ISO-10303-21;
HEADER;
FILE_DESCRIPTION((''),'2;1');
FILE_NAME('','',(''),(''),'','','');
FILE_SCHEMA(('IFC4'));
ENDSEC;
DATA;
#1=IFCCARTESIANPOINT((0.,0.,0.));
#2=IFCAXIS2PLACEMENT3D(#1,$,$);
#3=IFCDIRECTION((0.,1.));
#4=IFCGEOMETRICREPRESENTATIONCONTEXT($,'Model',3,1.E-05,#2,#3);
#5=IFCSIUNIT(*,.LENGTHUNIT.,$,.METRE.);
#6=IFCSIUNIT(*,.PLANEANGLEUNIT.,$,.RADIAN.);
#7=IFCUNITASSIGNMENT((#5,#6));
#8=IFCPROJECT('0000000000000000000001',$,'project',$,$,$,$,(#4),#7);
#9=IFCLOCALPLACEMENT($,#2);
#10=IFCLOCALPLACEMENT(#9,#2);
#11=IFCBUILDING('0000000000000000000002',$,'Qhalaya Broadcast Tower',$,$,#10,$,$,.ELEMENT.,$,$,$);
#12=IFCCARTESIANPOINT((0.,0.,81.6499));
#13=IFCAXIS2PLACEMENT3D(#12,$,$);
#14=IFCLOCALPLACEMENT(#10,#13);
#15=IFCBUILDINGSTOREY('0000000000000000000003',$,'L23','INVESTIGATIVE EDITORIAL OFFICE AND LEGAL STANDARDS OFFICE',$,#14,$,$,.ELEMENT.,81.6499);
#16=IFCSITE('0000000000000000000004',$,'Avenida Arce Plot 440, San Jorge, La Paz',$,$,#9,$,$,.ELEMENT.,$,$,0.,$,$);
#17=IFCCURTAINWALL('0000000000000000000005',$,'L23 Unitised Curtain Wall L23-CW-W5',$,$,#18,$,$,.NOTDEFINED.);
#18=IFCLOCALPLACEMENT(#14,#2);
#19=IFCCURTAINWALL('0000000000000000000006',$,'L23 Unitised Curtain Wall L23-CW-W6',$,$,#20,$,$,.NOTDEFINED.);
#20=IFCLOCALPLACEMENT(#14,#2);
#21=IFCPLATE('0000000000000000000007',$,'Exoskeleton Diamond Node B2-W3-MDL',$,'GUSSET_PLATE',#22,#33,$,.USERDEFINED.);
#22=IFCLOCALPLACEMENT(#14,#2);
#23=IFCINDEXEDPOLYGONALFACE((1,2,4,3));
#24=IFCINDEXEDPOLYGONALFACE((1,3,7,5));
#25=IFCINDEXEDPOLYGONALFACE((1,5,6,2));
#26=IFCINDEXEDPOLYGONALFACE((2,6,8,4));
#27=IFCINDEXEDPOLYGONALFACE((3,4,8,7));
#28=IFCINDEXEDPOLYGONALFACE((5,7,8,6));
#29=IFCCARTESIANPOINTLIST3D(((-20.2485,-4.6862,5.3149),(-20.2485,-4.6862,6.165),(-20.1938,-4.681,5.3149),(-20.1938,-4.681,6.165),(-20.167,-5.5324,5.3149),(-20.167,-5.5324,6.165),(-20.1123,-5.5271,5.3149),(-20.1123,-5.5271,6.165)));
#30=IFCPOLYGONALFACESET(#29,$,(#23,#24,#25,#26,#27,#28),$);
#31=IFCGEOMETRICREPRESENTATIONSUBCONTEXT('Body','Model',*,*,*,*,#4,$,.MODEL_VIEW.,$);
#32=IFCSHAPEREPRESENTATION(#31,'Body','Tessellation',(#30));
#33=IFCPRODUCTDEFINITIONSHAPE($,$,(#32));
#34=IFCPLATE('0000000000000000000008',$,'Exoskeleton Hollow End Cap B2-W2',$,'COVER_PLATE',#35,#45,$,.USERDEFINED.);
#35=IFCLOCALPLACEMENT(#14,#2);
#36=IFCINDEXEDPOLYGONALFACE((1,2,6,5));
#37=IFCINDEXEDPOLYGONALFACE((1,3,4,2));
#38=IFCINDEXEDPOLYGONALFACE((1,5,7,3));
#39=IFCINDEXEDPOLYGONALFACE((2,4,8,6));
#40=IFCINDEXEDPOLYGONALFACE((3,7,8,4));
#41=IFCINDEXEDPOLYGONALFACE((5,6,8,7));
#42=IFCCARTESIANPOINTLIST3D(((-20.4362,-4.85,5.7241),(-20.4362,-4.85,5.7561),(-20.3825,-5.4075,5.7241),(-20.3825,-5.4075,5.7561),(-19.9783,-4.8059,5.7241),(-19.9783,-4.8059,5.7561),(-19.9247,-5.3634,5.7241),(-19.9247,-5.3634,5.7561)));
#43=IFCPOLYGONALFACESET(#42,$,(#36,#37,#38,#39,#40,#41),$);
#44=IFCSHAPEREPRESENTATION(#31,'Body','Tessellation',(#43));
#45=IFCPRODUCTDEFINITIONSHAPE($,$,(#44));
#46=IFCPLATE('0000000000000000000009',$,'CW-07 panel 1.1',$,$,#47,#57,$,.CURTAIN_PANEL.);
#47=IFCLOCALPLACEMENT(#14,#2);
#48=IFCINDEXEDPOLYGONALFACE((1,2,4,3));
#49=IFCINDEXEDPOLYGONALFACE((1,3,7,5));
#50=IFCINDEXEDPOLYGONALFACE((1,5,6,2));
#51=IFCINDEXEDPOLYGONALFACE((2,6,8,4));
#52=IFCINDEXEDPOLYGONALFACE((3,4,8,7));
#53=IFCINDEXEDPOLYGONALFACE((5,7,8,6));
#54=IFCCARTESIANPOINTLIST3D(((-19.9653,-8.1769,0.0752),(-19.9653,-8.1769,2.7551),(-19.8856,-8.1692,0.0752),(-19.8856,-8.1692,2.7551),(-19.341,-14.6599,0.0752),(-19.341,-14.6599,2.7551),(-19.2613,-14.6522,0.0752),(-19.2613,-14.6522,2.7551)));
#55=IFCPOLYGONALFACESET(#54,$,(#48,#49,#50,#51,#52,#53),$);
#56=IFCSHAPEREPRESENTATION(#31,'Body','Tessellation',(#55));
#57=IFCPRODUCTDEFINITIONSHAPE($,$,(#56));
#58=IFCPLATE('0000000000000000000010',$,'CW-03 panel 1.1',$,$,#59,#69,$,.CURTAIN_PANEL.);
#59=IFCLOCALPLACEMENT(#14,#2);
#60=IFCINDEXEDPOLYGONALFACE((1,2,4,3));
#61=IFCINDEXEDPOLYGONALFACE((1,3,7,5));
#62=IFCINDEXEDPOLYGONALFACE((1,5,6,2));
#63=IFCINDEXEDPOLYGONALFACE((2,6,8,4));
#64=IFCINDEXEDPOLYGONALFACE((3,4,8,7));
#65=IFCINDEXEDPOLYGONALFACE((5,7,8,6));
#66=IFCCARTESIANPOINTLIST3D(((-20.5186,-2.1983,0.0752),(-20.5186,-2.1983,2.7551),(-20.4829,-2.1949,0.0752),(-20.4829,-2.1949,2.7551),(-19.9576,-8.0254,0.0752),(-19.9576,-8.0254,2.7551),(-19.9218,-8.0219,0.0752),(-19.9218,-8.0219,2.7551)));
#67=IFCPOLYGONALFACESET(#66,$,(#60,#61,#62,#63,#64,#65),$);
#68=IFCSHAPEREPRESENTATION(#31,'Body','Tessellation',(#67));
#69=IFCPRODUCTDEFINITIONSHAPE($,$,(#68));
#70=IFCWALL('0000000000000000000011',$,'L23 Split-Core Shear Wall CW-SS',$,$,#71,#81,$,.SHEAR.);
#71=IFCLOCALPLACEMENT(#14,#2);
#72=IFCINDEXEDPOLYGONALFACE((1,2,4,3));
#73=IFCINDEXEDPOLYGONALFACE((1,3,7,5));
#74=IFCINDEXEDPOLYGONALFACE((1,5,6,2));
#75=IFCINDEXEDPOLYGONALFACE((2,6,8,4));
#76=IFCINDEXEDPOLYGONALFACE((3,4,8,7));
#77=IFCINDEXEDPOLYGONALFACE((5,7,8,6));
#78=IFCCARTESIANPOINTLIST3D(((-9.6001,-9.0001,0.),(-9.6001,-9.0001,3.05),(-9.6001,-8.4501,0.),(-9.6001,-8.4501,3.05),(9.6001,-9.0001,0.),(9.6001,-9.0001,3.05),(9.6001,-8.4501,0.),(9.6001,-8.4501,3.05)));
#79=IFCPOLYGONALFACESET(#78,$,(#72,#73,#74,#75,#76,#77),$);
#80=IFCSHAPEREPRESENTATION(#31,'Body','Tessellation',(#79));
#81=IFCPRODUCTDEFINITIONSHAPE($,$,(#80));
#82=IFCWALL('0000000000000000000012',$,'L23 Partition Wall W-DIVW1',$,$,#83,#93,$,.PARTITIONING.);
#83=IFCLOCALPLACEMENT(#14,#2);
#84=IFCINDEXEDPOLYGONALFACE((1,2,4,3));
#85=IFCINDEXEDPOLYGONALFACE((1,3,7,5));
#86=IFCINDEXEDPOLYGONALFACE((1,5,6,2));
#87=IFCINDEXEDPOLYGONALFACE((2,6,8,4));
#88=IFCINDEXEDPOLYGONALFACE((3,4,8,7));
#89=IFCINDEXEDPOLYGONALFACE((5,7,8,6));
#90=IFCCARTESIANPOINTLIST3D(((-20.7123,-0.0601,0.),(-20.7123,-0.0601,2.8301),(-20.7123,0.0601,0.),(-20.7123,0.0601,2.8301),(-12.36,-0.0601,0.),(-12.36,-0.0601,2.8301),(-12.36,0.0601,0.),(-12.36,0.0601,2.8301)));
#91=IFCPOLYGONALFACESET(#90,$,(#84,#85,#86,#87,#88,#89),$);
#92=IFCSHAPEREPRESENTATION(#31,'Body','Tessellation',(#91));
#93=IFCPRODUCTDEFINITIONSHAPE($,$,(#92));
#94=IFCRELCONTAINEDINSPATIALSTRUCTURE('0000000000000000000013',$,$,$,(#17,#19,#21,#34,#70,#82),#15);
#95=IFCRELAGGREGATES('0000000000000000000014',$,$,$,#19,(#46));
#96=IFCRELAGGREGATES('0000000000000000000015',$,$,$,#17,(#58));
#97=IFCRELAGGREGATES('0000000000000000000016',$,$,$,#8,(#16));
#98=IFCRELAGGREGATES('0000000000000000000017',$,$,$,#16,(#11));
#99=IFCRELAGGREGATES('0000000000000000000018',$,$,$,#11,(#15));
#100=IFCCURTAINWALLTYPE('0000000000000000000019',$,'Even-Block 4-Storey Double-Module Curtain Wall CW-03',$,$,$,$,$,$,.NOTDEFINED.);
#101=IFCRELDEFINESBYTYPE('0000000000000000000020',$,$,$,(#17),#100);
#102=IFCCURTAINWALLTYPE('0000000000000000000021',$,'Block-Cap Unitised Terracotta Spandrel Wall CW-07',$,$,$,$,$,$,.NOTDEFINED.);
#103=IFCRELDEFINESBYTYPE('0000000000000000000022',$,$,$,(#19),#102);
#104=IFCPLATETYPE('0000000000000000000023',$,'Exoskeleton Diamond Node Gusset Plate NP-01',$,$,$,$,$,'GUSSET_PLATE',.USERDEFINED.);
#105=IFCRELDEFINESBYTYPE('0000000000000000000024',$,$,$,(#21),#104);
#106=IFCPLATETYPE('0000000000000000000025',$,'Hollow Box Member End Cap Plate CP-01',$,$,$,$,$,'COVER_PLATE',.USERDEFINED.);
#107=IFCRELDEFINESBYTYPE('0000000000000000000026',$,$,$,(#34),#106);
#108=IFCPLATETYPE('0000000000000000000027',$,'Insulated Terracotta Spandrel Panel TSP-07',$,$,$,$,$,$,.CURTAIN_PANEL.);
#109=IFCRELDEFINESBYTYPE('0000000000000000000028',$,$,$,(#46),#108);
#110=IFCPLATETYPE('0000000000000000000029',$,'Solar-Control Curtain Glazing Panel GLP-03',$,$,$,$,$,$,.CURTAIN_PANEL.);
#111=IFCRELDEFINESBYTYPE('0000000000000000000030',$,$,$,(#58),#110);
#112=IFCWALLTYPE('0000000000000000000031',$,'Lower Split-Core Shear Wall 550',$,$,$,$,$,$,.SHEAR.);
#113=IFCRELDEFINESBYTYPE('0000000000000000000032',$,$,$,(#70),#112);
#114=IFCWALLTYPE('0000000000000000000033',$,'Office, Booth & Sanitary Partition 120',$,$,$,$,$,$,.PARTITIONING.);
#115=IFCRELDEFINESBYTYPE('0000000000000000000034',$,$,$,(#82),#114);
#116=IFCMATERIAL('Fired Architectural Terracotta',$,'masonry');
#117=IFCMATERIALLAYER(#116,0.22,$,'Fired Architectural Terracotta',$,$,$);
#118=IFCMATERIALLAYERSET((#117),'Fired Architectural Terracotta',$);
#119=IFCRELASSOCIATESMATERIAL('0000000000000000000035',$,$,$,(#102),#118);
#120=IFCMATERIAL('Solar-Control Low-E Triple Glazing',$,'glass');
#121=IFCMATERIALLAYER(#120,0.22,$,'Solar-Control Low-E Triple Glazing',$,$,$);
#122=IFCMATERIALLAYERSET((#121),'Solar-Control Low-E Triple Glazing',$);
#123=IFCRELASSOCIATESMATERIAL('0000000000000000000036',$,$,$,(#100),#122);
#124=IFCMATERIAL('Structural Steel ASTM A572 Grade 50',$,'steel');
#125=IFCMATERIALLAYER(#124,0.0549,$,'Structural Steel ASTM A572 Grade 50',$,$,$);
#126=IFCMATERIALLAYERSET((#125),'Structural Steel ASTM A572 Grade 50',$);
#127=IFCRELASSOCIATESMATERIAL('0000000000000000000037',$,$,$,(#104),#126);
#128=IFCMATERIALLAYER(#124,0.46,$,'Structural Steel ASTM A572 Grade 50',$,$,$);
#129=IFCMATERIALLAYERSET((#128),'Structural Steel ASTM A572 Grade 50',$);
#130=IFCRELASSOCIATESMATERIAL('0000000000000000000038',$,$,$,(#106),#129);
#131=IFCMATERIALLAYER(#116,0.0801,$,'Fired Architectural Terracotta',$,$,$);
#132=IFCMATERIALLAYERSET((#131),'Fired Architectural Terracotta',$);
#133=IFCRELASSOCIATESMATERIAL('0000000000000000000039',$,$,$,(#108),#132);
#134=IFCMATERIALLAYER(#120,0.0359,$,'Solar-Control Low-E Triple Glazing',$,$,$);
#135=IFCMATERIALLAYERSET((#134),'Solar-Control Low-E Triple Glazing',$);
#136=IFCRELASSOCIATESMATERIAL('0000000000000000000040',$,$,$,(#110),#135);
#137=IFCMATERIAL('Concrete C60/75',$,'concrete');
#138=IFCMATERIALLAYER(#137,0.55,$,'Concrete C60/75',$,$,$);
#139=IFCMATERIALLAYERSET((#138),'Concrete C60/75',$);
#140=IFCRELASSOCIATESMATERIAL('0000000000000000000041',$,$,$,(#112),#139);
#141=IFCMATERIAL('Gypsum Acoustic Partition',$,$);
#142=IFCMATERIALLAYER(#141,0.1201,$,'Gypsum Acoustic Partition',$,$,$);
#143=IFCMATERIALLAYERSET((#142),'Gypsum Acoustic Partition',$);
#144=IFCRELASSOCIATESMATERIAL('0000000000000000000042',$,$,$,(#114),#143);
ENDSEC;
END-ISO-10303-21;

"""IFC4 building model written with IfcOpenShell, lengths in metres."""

from ifc_helpers import new_model, si_unit, direction, frame, frame_2d, origin, origin_2d, place, context, subcontext, project, spatial, rectangle, extrude, material, layer, layer_set, type_object, element, aggregate, save


model = new_model("IFC4")

# Units and contexts
model_context = context("Model", 3, precision=1e-05, world=origin(), true_north=direction((0.0, 1.0)))
body_context = subcontext(model_context, "Body", "Model", "MODEL_VIEW")
ifc_project = project(units=[si_unit("LENGTHUNIT", "METRE"), si_unit("PLANEANGLEUNIT", "RADIAN")], contexts=[model_context])

# Site, building, storey
site_placement = place(None, origin())
site = spatial("IfcSite", under=ifc_project, at=site_placement, Name="Avenida Arce Plot 440, San Jorge, La Paz", CompositionType="ELEMENT", RefElevation=0.0)
building_placement = place(site_placement, origin())
building = spatial("IfcBuilding", under=site, at=building_placement, Name="Qhalaya Broadcast Tower", CompositionType="ELEMENT")
storey_placement = place(building_placement, frame((0.0, 0.0, 81.6499)))
storey = spatial("IfcBuildingStorey", under=building, at=storey_placement, Name="L23", Description="INVESTIGATIVE EDITORIAL OFFICE AND LEGAL STANDARDS OFFICE", CompositionType="ELEMENT", Elevation=81.6499)

# Shared definitions
ifc_material_1 = material(Name="Structural Steel ASTM A572 Grade 50", Category="steel")

# Shared definitions
ifc_material_2 = material(Name="Fired Architectural Terracotta", Category="masonry")
ifc_layer_1 = layer(ifc_material_2, 0.22, Name="Fired Architectural Terracotta")
ifc_layer_set_1 = layer_set([ifc_layer_1], Name="Fired Architectural Terracotta")
curtain_wall_type_1 = type_object("IfcCurtainWallType", Name="Block-Cap Unitised Terracotta Spandrel Wall CW-07", PredefinedType="NOTDEFINED", material=ifc_layer_set_1)

# Curtain wall
ifc_material_3 = material(Name="Solar-Control Low-E Triple Glazing", Category="glass")
ifc_layer_2 = layer(ifc_material_3, 0.22, Name="Solar-Control Low-E Triple Glazing")
ifc_layer_set_2 = layer_set([ifc_layer_2], Name="Solar-Control Low-E Triple Glazing")
curtain_wall_type_2 = type_object("IfcCurtainWallType", Name="Even-Block 4-Storey Double-Module Curtain Wall CW-03", PredefinedType="NOTDEFINED", material=ifc_layer_set_2)
curtain_wall_1_placement = place(storey_placement, origin())
curtain_wall_1 = element("IfcCurtainWall", 1, at=curtain_wall_1_placement, inside=storey, type_object=curtain_wall_type_2, Name="L23 Unitised Curtain Wall L23-CW-W5", PredefinedType="NOTDEFINED")

# Curtain wall
curtain_wall_2_placement = place(storey_placement, origin())
curtain_wall_2 = element("IfcCurtainWall", 2, at=curtain_wall_2_placement, inside=storey, type_object=curtain_wall_type_1, Name="L23 Unitised Curtain Wall L23-CW-W6", PredefinedType="NOTDEFINED")

# Plates
ifc_layer_3 = layer(ifc_material_1, 0.0549, Name="Structural Steel ASTM A572 Grade 50")
ifc_layer_set_3 = layer_set([ifc_layer_3], Name="Structural Steel ASTM A572 Grade 50")
plate_type_1 = type_object("IfcPlateType", Name="Exoskeleton Diamond Node Gusset Plate NP-01", ElementType="GUSSET_PLATE", PredefinedType="USERDEFINED", material=ifc_layer_set_3)
plate_1_placement = place(storey_placement, frame((-20.1804, -5.1067, 5.3149), z_axis=(0.0, 0.0, 1.0), x_axis=(-0.095846, 0.995396, 0.0)))
element("IfcPlate", 3, at=plate_1_placement, inside=storey, type_object=plate_type_1, Name="Exoskeleton Diamond Node B2-W3-MDL", ObjectType="GUSSET_PLATE", PredefinedType="USERDEFINED", context=body_context, shape_type="SweptSolid", body=[
    extrude(rectangle(XDim=0.8501, YDim=0.0549, at=origin_2d()), origin(), (0.0, 0.0, 1.0), 0.8501),
])
ifc_layer_4 = layer(ifc_material_1, 0.46, Name="Structural Steel ASTM A572 Grade 50")
ifc_layer_set_4 = layer_set([ifc_layer_4], Name="Structural Steel ASTM A572 Grade 50")
plate_type_2 = type_object("IfcPlateType", Name="Hollow Box Member End Cap Plate CP-01", ElementType="COVER_PLATE", PredefinedType="USERDEFINED", material=ifc_layer_set_4)
plate_2_placement = place(storey_placement, frame((-20.1804, -5.1067, 5.7241), z_axis=(0.0, 0.0, 1.0), x_axis=(-0.095846, 0.995396, 0.0)))
element("IfcPlate", 4, at=plate_2_placement, inside=storey, type_object=plate_type_2, Name="Exoskeleton Hollow End Cap B2-W2", ObjectType="COVER_PLATE", PredefinedType="USERDEFINED", context=body_context, shape_type="SweptSolid", body=[
    extrude(rectangle(XDim=0.5601, YDim=0.46, at=origin_2d()), origin(), (0.0, 0.0, 1.0), 0.032),
])

# Plates
ifc_layer_5 = layer(ifc_material_2, 0.0801, Name="Fired Architectural Terracotta")
ifc_layer_set_5 = layer_set([ifc_layer_5], Name="Fired Architectural Terracotta")
plate_type_3 = type_object("IfcPlateType", Name="Insulated Terracotta Spandrel Panel TSP-07", PredefinedType="CURTAIN_PANEL", material=ifc_layer_set_5)
plate_3_placement = place(storey_placement, frame((-19.6133, -11.4146, 0.0752), z_axis=(0.0, 0.0, 1.0), x_axis=(0.095858, -0.995395, 0.0)))
plate_3 = element("IfcPlate", 5, at=plate_3_placement, type_object=plate_type_3, Name="CW-07 panel 1.1", PredefinedType="CURTAIN_PANEL", context=body_context, shape_type="SweptSolid", body=[
    extrude(rectangle(XDim=6.5129, YDim=0.0801, at=origin_2d()), origin(), (0.0, 0.0, 1.0), 2.6799),
])
aggregate(curtain_wall_2, [plate_3])
ifc_layer_6 = layer(ifc_material_3, 0.0359, Name="Solar-Control Low-E Triple Glazing")
ifc_layer_set_6 = layer_set([ifc_layer_6], Name="Solar-Control Low-E Triple Glazing")
plate_type_4 = type_object("IfcPlateType", Name="Solar-Control Curtain Glazing Panel GLP-03", PredefinedType="CURTAIN_PANEL", material=ifc_layer_set_6)
plate_4_placement = place(storey_placement, frame((-20.2202, -5.1101, 0.0752), z_axis=(0.0, 0.0, 1.0), x_axis=(0.095836, -0.995397, 0.0)))
plate_4 = element("IfcPlate", 6, at=plate_4_placement, type_object=plate_type_4, Name="CW-03 panel 1.1", PredefinedType="CURTAIN_PANEL", context=body_context, shape_type="SweptSolid", body=[
    extrude(rectangle(XDim=5.854, YDim=0.0359, at=origin_2d()), origin(), (0.0, 0.0, 1.0), 2.6799),
])
aggregate(curtain_wall_1, [plate_4])

# Wall
ifc_material_4 = material(Name="Concrete C60/75", Category="concrete")
ifc_layer_7 = layer(ifc_material_4, 0.55, Name="Concrete C60/75")
ifc_layer_set_7 = layer_set([ifc_layer_7], Name="Concrete C60/75")
wall_type_1 = type_object("IfcWallType", Name="Lower Split-Core Shear Wall 550", PredefinedType="SHEAR", material=ifc_layer_set_7)
wall_1_placement = place(storey_placement, frame((-9.6001, -8.7251, 0.0), z_axis=(0.0, 0.0, 1.0), x_axis=(1.0, 0.0, 0.0)))
element("IfcWall", 7, at=wall_1_placement, inside=storey, type_object=wall_type_1, Name="L23 Split-Core Shear Wall CW-SS", PredefinedType="SHEAR", context=body_context, shape_type="SweptSolid", body=[
    extrude(rectangle(XDim=19.2002, YDim=0.55, at=frame_2d((9.6001, 0.0))), origin(), (0.0, 0.0, 1.0), 3.05),
])

# Wall
ifc_material_5 = material(Name="Gypsum Acoustic Partition")
ifc_layer_8 = layer(ifc_material_5, 0.1201, Name="Gypsum Acoustic Partition")
ifc_layer_set_8 = layer_set([ifc_layer_8], Name="Gypsum Acoustic Partition")
wall_type_2 = type_object("IfcWallType", Name="Office, Booth & Sanitary Partition 120", PredefinedType="PARTITIONING", material=ifc_layer_set_8)
wall_2_placement = place(storey_placement, frame((-20.7124, 0.0, 0.0), z_axis=(0.0, 0.0, 1.0), x_axis=(1.0, 0.0, 0.0)))
element("IfcWall", 8, at=wall_2_placement, inside=storey, type_object=wall_type_2, Name="L23 Partition Wall W-DIVW1", PredefinedType="PARTITIONING", context=body_context, shape_type="SweptSolid", body=[
    extrude(rectangle(XDim=8.3523, YDim=0.1201, at=frame_2d((4.1763, 0.0))), origin(), (0.0, 0.0, 1.0), 2.8301),
])

save(model, "model.ifc")
